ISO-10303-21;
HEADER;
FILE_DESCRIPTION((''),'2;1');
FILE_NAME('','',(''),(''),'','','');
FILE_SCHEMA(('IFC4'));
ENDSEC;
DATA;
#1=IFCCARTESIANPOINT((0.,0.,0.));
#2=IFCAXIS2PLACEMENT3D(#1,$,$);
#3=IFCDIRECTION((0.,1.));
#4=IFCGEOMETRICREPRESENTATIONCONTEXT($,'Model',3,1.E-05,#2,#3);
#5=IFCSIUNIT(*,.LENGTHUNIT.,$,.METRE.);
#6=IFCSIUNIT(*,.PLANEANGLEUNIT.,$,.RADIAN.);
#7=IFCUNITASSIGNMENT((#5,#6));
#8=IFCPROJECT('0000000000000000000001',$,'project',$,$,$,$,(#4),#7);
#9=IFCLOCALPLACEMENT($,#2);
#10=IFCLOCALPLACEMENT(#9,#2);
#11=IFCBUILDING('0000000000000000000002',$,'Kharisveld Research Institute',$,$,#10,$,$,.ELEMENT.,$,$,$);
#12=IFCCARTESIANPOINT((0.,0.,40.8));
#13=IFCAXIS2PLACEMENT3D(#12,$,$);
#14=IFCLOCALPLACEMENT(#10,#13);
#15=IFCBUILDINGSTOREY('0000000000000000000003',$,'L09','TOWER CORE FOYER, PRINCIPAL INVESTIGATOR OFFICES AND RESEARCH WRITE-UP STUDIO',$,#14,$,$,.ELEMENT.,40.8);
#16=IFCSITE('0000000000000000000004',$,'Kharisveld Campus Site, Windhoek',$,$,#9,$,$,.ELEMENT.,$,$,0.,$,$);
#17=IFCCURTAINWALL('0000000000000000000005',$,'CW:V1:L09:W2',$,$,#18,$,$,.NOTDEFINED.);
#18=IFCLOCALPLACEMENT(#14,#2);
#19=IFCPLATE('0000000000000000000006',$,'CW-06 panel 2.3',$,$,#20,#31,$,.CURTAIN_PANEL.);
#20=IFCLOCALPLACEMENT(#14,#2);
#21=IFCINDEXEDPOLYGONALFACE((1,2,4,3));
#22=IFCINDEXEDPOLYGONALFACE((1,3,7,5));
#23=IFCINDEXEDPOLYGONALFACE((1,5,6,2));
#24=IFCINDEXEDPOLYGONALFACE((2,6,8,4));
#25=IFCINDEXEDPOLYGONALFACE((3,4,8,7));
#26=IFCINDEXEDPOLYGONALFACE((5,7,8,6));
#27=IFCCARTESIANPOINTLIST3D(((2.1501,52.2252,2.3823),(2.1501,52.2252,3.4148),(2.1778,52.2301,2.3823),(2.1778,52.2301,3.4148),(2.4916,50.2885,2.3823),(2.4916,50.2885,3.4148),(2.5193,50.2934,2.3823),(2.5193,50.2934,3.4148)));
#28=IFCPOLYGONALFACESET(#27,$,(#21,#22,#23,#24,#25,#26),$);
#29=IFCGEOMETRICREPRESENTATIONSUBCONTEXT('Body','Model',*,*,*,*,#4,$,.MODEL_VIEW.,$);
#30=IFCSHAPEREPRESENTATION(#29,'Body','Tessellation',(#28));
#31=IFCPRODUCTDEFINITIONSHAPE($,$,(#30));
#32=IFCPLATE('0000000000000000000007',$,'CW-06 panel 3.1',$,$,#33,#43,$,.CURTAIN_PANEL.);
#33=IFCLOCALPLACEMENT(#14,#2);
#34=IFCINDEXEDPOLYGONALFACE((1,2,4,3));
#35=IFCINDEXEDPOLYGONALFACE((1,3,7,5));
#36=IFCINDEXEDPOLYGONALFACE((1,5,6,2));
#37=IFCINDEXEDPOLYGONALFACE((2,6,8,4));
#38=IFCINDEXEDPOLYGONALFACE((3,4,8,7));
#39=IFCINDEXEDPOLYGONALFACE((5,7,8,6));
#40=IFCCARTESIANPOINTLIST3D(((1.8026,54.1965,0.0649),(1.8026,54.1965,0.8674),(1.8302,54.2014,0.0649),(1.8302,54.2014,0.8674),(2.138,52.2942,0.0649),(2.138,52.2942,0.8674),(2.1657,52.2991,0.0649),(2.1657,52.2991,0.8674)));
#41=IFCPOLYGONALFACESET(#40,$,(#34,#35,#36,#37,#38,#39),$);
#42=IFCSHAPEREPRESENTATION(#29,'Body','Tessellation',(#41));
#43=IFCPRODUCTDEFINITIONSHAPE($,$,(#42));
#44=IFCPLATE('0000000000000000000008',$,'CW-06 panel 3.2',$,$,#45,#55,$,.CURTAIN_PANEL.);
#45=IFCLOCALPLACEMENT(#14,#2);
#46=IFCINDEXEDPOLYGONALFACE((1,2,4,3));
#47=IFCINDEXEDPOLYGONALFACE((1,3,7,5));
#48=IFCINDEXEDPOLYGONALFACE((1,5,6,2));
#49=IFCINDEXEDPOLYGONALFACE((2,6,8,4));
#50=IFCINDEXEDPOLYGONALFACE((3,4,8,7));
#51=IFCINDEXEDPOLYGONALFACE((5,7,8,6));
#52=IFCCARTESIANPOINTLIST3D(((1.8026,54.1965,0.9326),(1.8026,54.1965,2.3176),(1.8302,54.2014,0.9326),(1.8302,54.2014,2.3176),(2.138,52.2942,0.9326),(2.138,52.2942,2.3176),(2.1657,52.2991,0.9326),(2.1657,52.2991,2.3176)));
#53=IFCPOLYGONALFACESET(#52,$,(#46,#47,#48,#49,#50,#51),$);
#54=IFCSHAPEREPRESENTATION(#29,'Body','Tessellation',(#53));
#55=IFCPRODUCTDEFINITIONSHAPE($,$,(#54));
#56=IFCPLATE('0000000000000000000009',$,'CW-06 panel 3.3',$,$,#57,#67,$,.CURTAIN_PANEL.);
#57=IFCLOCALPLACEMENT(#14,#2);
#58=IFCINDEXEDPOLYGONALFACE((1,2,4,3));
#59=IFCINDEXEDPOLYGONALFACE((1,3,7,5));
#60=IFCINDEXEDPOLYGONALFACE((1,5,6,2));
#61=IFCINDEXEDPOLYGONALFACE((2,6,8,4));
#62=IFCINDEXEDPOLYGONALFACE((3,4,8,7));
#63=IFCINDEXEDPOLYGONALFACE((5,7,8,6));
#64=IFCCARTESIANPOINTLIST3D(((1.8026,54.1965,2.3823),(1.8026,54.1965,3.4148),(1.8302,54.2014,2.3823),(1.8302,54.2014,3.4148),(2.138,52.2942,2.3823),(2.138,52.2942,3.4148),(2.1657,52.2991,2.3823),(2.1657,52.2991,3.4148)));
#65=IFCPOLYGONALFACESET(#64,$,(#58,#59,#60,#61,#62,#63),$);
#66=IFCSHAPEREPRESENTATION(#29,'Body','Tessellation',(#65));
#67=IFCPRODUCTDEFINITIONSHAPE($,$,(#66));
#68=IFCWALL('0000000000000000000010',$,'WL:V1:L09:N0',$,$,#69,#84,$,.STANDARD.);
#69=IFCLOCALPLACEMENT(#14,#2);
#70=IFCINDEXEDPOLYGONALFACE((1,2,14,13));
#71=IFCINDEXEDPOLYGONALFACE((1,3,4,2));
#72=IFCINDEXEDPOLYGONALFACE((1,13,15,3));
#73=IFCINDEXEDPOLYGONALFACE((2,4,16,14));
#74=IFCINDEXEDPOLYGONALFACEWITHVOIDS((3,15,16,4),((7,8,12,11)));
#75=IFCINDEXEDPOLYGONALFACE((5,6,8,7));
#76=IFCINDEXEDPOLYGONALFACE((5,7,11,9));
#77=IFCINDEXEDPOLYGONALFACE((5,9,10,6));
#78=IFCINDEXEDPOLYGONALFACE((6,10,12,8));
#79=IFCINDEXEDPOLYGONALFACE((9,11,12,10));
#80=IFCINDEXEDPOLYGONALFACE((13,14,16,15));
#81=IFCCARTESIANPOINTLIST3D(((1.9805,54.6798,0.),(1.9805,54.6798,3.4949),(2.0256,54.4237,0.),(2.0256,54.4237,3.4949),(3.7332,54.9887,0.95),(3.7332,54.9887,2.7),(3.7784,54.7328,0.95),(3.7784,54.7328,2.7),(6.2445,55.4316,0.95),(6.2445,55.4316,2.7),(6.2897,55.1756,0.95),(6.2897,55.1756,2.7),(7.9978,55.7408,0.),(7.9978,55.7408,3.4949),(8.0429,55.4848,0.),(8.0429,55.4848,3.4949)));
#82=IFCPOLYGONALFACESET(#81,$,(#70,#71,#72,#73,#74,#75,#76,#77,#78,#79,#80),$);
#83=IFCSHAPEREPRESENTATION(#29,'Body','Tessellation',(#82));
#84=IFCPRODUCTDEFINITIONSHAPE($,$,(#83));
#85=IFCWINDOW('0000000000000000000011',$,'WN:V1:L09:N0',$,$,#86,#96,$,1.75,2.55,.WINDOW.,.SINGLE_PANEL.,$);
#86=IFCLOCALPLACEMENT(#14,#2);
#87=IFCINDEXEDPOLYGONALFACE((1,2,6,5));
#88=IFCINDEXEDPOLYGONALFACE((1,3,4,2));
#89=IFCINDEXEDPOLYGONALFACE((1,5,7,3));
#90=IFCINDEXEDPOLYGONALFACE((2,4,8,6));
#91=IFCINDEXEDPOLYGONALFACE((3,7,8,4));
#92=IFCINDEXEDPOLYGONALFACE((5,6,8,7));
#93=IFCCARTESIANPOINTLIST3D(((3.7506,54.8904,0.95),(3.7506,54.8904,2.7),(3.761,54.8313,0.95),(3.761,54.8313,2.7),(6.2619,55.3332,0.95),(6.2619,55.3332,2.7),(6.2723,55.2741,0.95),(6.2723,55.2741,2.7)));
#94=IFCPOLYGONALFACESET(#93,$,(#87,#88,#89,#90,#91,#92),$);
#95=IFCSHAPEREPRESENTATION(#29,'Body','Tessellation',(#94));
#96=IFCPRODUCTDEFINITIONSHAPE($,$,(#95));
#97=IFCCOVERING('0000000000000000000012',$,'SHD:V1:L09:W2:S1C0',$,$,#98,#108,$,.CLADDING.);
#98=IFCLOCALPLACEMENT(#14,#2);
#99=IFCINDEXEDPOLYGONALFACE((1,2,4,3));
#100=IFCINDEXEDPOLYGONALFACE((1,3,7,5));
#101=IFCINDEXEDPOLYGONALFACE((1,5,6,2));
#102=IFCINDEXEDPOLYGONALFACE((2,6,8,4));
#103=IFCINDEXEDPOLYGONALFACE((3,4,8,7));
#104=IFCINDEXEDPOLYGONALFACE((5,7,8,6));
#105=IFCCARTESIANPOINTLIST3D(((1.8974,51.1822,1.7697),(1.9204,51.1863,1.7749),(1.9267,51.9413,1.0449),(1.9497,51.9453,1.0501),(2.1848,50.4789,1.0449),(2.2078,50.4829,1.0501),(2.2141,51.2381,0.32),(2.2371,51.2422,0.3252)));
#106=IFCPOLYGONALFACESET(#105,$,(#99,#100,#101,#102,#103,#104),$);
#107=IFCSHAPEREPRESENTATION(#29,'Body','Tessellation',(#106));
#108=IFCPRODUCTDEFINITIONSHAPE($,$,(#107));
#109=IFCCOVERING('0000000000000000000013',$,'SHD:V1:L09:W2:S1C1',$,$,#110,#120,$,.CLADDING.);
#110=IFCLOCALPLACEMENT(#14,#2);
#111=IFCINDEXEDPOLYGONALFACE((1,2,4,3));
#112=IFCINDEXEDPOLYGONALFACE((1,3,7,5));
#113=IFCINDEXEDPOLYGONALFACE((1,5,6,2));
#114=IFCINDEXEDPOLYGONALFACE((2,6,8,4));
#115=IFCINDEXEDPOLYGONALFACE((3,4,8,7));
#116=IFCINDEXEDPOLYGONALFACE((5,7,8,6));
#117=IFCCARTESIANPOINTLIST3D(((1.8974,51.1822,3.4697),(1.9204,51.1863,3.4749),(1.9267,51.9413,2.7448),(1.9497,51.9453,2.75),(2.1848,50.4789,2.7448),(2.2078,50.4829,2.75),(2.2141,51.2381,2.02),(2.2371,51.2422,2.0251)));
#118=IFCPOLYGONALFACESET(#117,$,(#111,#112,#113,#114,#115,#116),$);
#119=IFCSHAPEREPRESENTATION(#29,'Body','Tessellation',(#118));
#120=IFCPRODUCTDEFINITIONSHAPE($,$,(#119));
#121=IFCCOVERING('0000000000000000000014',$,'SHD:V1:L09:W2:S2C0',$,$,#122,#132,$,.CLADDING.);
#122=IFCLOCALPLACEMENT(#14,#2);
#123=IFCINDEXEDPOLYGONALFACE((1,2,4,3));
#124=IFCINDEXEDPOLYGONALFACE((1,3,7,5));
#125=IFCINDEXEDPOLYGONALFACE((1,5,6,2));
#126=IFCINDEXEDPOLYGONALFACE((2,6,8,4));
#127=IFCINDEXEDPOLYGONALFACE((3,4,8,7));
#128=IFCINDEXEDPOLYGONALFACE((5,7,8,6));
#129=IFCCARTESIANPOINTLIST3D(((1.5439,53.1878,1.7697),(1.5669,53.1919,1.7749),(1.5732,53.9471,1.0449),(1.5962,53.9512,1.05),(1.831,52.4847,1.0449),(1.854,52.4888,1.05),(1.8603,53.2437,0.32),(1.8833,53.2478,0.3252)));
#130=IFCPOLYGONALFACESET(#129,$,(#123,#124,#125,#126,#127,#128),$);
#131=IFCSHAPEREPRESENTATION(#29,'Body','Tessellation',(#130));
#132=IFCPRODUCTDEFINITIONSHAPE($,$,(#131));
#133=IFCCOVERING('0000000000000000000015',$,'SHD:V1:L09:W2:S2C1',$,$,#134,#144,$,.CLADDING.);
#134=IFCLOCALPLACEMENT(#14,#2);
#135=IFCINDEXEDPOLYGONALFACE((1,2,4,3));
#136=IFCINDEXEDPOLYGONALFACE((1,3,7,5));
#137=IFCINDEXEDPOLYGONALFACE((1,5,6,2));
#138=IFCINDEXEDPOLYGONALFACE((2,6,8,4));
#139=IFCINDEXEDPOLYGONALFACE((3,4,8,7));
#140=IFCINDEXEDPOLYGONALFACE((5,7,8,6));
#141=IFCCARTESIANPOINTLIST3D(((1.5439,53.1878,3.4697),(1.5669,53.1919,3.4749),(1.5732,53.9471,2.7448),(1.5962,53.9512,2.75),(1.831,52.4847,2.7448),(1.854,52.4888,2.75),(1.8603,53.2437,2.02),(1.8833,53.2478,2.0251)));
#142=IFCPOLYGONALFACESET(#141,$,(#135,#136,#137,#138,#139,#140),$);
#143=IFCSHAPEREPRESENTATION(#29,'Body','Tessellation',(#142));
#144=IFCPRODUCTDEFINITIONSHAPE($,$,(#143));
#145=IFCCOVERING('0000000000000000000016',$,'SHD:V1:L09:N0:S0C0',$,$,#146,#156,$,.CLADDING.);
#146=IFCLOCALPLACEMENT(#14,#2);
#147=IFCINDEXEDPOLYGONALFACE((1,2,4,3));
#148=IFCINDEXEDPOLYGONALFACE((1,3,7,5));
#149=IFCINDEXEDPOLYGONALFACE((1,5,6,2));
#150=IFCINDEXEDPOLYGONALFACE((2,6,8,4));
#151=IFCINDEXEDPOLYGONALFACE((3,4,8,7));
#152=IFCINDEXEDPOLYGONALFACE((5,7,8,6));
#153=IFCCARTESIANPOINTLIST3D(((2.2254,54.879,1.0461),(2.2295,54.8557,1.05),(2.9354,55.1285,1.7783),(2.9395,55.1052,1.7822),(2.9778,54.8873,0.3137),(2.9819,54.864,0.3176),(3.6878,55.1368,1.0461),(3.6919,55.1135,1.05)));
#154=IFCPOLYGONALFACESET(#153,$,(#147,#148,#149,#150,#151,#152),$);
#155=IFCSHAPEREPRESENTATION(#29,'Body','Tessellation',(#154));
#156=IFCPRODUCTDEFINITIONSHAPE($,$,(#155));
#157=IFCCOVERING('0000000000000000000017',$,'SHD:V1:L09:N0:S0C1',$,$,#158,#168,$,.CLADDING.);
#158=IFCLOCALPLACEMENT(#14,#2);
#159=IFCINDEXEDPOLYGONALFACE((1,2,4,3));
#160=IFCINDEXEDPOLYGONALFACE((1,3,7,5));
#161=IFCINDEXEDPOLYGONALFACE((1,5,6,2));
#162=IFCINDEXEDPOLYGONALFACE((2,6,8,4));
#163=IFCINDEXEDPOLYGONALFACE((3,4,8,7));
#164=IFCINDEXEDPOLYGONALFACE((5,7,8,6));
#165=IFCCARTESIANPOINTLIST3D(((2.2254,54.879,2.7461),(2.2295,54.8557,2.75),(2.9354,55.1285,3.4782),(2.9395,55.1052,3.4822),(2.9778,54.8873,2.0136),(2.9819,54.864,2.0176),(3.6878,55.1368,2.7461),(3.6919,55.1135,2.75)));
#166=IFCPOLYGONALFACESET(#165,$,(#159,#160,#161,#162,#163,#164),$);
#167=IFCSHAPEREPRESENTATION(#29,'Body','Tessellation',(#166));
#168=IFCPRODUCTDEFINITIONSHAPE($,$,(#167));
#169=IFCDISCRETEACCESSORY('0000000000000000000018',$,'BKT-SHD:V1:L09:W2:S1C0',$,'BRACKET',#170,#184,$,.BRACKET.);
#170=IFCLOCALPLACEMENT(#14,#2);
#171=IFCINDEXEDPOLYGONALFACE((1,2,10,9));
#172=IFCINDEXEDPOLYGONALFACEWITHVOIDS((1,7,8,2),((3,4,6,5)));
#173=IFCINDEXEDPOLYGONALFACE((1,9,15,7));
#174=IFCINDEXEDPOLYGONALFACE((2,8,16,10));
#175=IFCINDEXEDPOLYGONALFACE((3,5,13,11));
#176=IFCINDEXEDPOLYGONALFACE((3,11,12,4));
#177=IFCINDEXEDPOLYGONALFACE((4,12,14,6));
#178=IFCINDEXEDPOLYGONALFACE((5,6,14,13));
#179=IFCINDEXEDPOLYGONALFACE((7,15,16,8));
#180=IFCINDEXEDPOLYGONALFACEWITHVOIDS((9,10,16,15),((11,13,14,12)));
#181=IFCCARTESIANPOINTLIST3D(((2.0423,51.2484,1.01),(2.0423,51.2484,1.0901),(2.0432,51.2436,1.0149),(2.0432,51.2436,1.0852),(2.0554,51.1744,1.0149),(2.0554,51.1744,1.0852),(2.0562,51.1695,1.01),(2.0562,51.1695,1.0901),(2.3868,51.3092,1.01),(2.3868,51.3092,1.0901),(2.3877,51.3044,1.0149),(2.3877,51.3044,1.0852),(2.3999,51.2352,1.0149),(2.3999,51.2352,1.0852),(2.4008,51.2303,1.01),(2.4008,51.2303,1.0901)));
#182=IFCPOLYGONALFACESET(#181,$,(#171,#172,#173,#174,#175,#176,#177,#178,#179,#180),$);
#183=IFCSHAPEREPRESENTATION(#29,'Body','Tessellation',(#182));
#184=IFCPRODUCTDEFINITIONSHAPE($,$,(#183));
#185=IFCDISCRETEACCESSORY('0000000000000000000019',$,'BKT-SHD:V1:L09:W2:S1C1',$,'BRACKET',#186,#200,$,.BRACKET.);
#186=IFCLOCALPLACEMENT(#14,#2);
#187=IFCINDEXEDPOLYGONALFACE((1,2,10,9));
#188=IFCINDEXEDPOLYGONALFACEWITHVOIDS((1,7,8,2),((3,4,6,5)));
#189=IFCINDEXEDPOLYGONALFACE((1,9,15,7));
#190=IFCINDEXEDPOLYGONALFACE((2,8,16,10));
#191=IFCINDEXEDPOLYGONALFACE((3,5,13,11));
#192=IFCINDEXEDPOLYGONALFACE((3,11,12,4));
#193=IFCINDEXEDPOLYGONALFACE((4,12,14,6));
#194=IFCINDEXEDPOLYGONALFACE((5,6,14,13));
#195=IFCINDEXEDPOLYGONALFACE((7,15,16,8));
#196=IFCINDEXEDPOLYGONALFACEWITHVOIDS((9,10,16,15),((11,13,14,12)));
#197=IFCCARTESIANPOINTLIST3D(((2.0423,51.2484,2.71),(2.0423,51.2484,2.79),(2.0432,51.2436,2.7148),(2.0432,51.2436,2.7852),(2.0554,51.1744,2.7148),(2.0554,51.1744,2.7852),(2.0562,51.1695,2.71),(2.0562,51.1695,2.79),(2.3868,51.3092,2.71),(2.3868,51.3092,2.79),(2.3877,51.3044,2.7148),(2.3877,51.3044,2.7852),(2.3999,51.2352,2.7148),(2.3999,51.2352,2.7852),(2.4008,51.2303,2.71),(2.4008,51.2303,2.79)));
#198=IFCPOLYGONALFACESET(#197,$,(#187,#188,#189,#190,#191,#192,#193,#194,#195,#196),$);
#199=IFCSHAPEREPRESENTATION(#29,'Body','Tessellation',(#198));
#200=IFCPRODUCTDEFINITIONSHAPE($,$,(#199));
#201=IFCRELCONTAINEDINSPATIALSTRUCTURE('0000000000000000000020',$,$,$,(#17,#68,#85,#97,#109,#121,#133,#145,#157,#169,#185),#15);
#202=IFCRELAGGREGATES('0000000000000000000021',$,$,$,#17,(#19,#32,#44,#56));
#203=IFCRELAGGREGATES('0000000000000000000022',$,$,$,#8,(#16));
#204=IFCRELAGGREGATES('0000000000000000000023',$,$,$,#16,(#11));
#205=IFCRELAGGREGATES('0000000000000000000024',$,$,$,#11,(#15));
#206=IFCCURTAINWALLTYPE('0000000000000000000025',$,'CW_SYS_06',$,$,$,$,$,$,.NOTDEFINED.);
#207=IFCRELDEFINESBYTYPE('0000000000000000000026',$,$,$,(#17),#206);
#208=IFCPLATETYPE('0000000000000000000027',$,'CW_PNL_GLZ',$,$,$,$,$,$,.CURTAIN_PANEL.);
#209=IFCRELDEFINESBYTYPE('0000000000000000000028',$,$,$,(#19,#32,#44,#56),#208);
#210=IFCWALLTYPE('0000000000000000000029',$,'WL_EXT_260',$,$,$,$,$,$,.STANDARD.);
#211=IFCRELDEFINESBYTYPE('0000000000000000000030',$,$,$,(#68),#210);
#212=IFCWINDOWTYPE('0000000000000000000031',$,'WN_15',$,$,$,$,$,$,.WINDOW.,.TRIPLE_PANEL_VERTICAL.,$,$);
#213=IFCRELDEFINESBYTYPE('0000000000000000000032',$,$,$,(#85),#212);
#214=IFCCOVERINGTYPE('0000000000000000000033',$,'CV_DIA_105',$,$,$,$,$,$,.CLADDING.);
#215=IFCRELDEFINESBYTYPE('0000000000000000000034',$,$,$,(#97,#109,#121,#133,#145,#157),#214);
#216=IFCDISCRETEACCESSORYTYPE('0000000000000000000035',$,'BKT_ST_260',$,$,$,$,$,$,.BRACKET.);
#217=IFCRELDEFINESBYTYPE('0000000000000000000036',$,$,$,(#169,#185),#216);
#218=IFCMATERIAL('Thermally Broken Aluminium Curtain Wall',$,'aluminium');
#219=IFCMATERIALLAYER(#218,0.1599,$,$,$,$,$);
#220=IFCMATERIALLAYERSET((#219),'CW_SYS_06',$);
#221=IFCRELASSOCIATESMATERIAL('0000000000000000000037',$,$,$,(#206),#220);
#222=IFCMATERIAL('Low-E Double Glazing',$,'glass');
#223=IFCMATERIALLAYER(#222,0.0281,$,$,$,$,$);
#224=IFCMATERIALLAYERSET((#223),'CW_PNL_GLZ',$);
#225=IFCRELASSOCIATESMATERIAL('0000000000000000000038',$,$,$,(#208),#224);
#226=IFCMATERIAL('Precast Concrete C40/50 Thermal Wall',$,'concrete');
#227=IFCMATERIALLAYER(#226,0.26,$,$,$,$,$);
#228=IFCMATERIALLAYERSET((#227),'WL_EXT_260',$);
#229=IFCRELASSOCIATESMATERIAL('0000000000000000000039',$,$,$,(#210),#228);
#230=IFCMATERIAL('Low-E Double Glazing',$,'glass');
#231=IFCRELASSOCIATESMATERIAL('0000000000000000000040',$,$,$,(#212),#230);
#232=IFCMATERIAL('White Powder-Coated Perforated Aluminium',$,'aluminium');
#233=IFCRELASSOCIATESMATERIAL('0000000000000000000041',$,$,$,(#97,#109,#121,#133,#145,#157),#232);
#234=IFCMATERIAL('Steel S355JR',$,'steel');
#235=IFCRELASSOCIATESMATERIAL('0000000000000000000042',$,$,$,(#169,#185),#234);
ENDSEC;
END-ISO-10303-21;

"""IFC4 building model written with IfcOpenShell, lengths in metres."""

from ifc_helpers import new_model, si_unit, direction, frame, frame_2d, origin, origin_2d, place, context, subcontext, project, spatial, polyline, rectangle, hollow_rectangle, outline, extrude, material, layer, layer_set, type_object, element, fill, aggregate, save


model = new_model("IFC4")

# Units and contexts
model_context = context("Model", 3, precision=1e-05, world=origin(), true_north=direction((0.0, 1.0)))
body_context = subcontext(model_context, "Body", "Model", "MODEL_VIEW")
ifc_project = project(units=[si_unit("LENGTHUNIT", "METRE"), si_unit("PLANEANGLEUNIT", "RADIAN")], contexts=[model_context])

# Site, building, storey
site_placement = place(None, origin())
site = spatial("IfcSite", under=ifc_project, at=site_placement, Name="Kharisveld Campus Site, Windhoek", CompositionType="ELEMENT", RefElevation=0.0)
building_placement = place(site_placement, origin())
building = spatial("IfcBuilding", under=site, at=building_placement, Name="Kharisveld Research Institute", CompositionType="ELEMENT")
storey_placement = place(building_placement, frame((0.0, 0.0, 40.8)))
storey = spatial("IfcBuildingStorey", under=building, at=storey_placement, Name="L09", Description="TOWER CORE FOYER, PRINCIPAL INVESTIGATOR OFFICES AND RESEARCH WRITE-UP STUDIO", CompositionType="ELEMENT", Elevation=40.8)

# Curtain wall
ifc_material_1 = material(Name="Thermally Broken Aluminium Curtain Wall", Category="aluminium")
ifc_layer_1 = layer(ifc_material_1, 0.1599)
ifc_layer_set_1 = layer_set([ifc_layer_1], Name="CW_SYS_06")
curtain_wall_type = type_object("IfcCurtainWallType", Name="CW_SYS_06", PredefinedType="NOTDEFINED", material=ifc_layer_set_1)
curtain_wall_placement = place(storey_placement, origin())
curtain_wall = element("IfcCurtainWall", 1, at=curtain_wall_placement, inside=storey, type_object=curtain_wall_type, Name="CW:V1:L09:W2", PredefinedType="NOTDEFINED")

# Plates
ifc_material_2 = material(Name="Low-E Double Glazing", Category="glass")
ifc_layer_2 = layer(ifc_material_2, 0.0281)
ifc_layer_set_2 = layer_set([ifc_layer_2], Name="CW_PNL_GLZ")
plate_type = type_object("IfcPlateType", Name="CW_PNL_GLZ", PredefinedType="CURTAIN_PANEL", material=ifc_layer_set_2)
plate_1_placement = place(storey_placement, frame((2.3347, 51.2593, 2.3823), z_axis=(0.0, 0.0, 1.0), x_axis=(-0.173648, 0.984808, 0.0)))
plate_1 = element("IfcPlate", 2, at=plate_1_placement, type_object=plate_type, Name="CW-06 panel 2.3", PredefinedType="CURTAIN_PANEL", context=body_context, shape_type="SweptSolid", body=[
    extrude(rectangle(XDim=1.9666, YDim=0.0281, at=origin_2d()), origin(), (0.0, 0.0, 1.0), 1.0325),
])
plate_2_placement = place(storey_placement, frame((1.9841, 53.2478, 0.0649), z_axis=(0.0, 0.0, 1.0), x_axis=(-0.173648, 0.984808, 0.0)))
plate_2 = element("IfcPlate", 3, at=plate_2_placement, type_object=plate_type, Name="CW-06 panel 3.1", PredefinedType="CURTAIN_PANEL", context=body_context, shape_type="SweptSolid", body=[
    extrude(rectangle(XDim=1.9316, YDim=0.0281, at=origin_2d()), origin(), (0.0, 0.0, 1.0), 0.8025),
])
plate_3_placement = place(storey_placement, frame((1.9841, 53.2478, 0.9326), z_axis=(0.0, 0.0, 1.0), x_axis=(-0.173648, 0.984808, 0.0)))
plate_3 = element("IfcPlate", 4, at=plate_3_placement, type_object=plate_type, Name="CW-06 panel 3.2", PredefinedType="CURTAIN_PANEL", context=body_context, shape_type="SweptSolid", body=[
    extrude(rectangle(XDim=1.9316, YDim=0.0281, at=origin_2d()), origin(), (0.0, 0.0, 1.0), 1.385),
])
plate_4_placement = place(storey_placement, frame((1.9841, 53.2478, 2.3823), z_axis=(0.0, 0.0, 1.0), x_axis=(-0.173648, 0.984808, 0.0)))
plate_4 = element("IfcPlate", 5, at=plate_4_placement, type_object=plate_type, Name="CW-06 panel 3.3", PredefinedType="CURTAIN_PANEL", context=body_context, shape_type="SweptSolid", body=[
    extrude(rectangle(XDim=1.9316, YDim=0.0281, at=origin_2d()), origin(), (0.0, 0.0, 1.0), 1.0325),
])
aggregate(curtain_wall, [plate_1, plate_2, plate_3, plate_4])

# Wall, opening, window
ifc_material_3 = material(Name="Precast Concrete C40/50 Thermal Wall", Category="concrete")
ifc_layer_3 = layer(ifc_material_3, 0.26)
ifc_layer_set_3 = layer_set([ifc_layer_3], Name="WL_EXT_260")
wall_type = type_object("IfcWallType", Name="WL_EXT_260", PredefinedType="STANDARD", material=ifc_layer_set_3)
wall_placement = place(storey_placement, frame((2.0029, 54.5518, 0.0), z_axis=(0.0, 0.0, 1.0), x_axis=(0.984807, 0.173651, 0.0)))
wall = element("IfcWall", 6, at=wall_placement, inside=storey, type_object=wall_type, Name="WL:V1:L09:N0", PredefinedType="STANDARD", context=body_context, shape_type="SweptSolid", body=[
    extrude(rectangle(XDim=6.1101, YDim=0.26, at=frame_2d((3.0552, 0.0))), origin(), (0.0, 0.0, 1.0), 3.4949),
])
opening_placement = place(wall_placement, frame((1.78, 0.0, 0.95)))
opening = element("IfcOpeningElement", 7, at=opening_placement, cuts=wall, PredefinedType="OPENING", context=body_context, shape_type="SweptSolid", body=[
    extrude(rectangle(XDim=2.55, YDim=1.75, at=frame_2d((1.2749, 0.875))), frame((0.0, 0.1299, 0.0), z_axis=(0.0, -1.0, 0.0), x_axis=(1.0, 0.0, 0.0)), (0.0, 0.0, 1.0), 0.26),
])
ifc_material_4 = material(Name="Low-E Double Glazing", Category="glass")
window_type = type_object("IfcWindowType", Name="WN_15", PartitioningType="TRIPLE_PANEL_VERTICAL", PredefinedType="WINDOW", material=ifc_material_4)
window_placement = place(opening_placement, origin())
window = element("IfcWindow", 8, at=window_placement, inside=storey, type_object=window_type, Name="WN:V1:L09:N0", OverallHeight=1.75, OverallWidth=2.55, PartitioningType="SINGLE_PANEL", PredefinedType="WINDOW", context=body_context, shape_type="SweptSolid", body=[
    extrude(rectangle(XDim=2.55, YDim=1.75, at=frame_2d((1.2749, 0.875))), frame((0.0, 0.03, 0.0), z_axis=(0.0, -1.0, 0.0), x_axis=(1.0, 0.0, 0.0)), (0.0, 0.0, 1.0), 0.0601),
])
fill(opening, window)

# Coverings
ifc_material_5 = material(Name="White Powder-Coated Perforated Aluminium", Category="aluminium")
covering_type = type_object("IfcCoveringType", Name="CV_DIA_105", PredefinedType="CLADDING")
for number, where, z_axis, x_axis, name in (
    (9, (2.2371, 51.2422, 0.3252), (0.96142, 0.169653, 0.21654), (-0.273667, 0.669686, 0.690382), "SHD:V1:L09:W2:S1C0"),
    (10, (2.2371, 51.2422, 2.0251), (0.96142, 0.169653, 0.21654), (-0.273667, 0.669686, 0.690382), "SHD:V1:L09:W2:S1C1"),
):
    element("IfcCovering", number, at=place(storey_placement, frame(where, z_axis=z_axis, x_axis=x_axis)), inside=storey, type_object=covering_type, material=ifc_material_5, Name=name, PredefinedType="CLADDING", context=body_context, shape_type="SweptSolid", body=[
        extrude(outline(polyline([(0.0, 0.0), (1.0499, 0.0), (1.0501, 1.05), (0.0, 1.0501), (0.0, 0.0)])), origin(), (0.0, 0.0, -1.0), 0.0239),
    ])
for number, where, z_axis, x_axis, name in (
    (11, (1.8833, 53.2478, 0.3252), (0.961481, 0.169503, 0.216385), (-0.273447, 0.66985, 0.69031), "SHD:V1:L09:W2:S2C0"),
    (12, (1.8833, 53.2478, 2.0251), (0.961481, 0.169503, 0.216385), (-0.273447, 0.66985, 0.69031), "SHD:V1:L09:W2:S2C1"),
):
    element("IfcCovering", number, at=place(storey_placement, frame(where, z_axis=z_axis, x_axis=x_axis)), inside=storey, type_object=covering_type, material=ifc_material_5, Name=name, PredefinedType="CLADDING", context=body_context, shape_type="SweptSolid", body=[
        extrude(outline(polyline([(0.0, 0.0), (1.05, 0.0), (1.0498, 1.0501), (-0.0001, 1.05), (0.0, 0.0)])), origin(), (0.0, 0.0, -1.0), 0.0239),
    ])
for number, where, z_axis, x_axis, name in (
    (13, (2.9819, 54.864, 0.3176), (0.171239, -0.971325, 0.164938), (0.676076, 0.237623, 0.697465), "SHD:V1:L09:N0:S0C0"),
    (14, (2.9819, 54.864, 2.0176), (0.171239, -0.971325, 0.164938), (0.676076, 0.237623, 0.697465), "SHD:V1:L09:N0:S0C1"),
):
    element("IfcCovering", number, at=place(storey_placement, frame(where, z_axis=z_axis, x_axis=x_axis)), inside=storey, type_object=covering_type, material=ifc_material_5, Name=name, PredefinedType="CLADDING", context=body_context, shape_type="SweptSolid", body=[
        extrude(outline(polyline([(0.0, 0.0), (1.0501, 0.0), (1.0501, 1.0499), (0.0002, 1.0501), (0.0, 0.0)])), origin(), (0.0, 0.0, -1.0), 0.0239),
    ])

# Discrete accessories
ifc_material_6 = material(Name="Steel S355JR", Category="steel")
discrete_accessory_type = type_object("IfcDiscreteAccessoryType", Name="BKT_ST_260", PredefinedType="BRACKET")
for number, where, z_axis, x_axis, name in (
    (15, (2.3938, 51.2698, 1.05), (-0.984784, -0.173785, 0.0), (0.173785, -0.984784, 0.0), "BKT-SHD:V1:L09:W2:S1C0"),
    (16, (2.3938, 51.2698, 2.75), (-0.984784, -0.173785, 0.0), (0.173785, -0.984784, 0.0), "BKT-SHD:V1:L09:W2:S1C1"),
):
    element("IfcDiscreteAccessory", number, at=place(storey_placement, frame(where, z_axis=z_axis, x_axis=x_axis)), inside=storey, type_object=discrete_accessory_type, material=ifc_material_6, Name=name, ObjectType="BRACKET", PredefinedType="BRACKET", context=body_context, shape_type="SweptSolid", body=[
        extrude(hollow_rectangle(XDim=0.0801, YDim=0.0801, WallThickness=0.0049, at=origin_2d()), origin(), (0.0, 0.0, 1.0), 0.3499),
    ])

save(model, "model.ifc")
